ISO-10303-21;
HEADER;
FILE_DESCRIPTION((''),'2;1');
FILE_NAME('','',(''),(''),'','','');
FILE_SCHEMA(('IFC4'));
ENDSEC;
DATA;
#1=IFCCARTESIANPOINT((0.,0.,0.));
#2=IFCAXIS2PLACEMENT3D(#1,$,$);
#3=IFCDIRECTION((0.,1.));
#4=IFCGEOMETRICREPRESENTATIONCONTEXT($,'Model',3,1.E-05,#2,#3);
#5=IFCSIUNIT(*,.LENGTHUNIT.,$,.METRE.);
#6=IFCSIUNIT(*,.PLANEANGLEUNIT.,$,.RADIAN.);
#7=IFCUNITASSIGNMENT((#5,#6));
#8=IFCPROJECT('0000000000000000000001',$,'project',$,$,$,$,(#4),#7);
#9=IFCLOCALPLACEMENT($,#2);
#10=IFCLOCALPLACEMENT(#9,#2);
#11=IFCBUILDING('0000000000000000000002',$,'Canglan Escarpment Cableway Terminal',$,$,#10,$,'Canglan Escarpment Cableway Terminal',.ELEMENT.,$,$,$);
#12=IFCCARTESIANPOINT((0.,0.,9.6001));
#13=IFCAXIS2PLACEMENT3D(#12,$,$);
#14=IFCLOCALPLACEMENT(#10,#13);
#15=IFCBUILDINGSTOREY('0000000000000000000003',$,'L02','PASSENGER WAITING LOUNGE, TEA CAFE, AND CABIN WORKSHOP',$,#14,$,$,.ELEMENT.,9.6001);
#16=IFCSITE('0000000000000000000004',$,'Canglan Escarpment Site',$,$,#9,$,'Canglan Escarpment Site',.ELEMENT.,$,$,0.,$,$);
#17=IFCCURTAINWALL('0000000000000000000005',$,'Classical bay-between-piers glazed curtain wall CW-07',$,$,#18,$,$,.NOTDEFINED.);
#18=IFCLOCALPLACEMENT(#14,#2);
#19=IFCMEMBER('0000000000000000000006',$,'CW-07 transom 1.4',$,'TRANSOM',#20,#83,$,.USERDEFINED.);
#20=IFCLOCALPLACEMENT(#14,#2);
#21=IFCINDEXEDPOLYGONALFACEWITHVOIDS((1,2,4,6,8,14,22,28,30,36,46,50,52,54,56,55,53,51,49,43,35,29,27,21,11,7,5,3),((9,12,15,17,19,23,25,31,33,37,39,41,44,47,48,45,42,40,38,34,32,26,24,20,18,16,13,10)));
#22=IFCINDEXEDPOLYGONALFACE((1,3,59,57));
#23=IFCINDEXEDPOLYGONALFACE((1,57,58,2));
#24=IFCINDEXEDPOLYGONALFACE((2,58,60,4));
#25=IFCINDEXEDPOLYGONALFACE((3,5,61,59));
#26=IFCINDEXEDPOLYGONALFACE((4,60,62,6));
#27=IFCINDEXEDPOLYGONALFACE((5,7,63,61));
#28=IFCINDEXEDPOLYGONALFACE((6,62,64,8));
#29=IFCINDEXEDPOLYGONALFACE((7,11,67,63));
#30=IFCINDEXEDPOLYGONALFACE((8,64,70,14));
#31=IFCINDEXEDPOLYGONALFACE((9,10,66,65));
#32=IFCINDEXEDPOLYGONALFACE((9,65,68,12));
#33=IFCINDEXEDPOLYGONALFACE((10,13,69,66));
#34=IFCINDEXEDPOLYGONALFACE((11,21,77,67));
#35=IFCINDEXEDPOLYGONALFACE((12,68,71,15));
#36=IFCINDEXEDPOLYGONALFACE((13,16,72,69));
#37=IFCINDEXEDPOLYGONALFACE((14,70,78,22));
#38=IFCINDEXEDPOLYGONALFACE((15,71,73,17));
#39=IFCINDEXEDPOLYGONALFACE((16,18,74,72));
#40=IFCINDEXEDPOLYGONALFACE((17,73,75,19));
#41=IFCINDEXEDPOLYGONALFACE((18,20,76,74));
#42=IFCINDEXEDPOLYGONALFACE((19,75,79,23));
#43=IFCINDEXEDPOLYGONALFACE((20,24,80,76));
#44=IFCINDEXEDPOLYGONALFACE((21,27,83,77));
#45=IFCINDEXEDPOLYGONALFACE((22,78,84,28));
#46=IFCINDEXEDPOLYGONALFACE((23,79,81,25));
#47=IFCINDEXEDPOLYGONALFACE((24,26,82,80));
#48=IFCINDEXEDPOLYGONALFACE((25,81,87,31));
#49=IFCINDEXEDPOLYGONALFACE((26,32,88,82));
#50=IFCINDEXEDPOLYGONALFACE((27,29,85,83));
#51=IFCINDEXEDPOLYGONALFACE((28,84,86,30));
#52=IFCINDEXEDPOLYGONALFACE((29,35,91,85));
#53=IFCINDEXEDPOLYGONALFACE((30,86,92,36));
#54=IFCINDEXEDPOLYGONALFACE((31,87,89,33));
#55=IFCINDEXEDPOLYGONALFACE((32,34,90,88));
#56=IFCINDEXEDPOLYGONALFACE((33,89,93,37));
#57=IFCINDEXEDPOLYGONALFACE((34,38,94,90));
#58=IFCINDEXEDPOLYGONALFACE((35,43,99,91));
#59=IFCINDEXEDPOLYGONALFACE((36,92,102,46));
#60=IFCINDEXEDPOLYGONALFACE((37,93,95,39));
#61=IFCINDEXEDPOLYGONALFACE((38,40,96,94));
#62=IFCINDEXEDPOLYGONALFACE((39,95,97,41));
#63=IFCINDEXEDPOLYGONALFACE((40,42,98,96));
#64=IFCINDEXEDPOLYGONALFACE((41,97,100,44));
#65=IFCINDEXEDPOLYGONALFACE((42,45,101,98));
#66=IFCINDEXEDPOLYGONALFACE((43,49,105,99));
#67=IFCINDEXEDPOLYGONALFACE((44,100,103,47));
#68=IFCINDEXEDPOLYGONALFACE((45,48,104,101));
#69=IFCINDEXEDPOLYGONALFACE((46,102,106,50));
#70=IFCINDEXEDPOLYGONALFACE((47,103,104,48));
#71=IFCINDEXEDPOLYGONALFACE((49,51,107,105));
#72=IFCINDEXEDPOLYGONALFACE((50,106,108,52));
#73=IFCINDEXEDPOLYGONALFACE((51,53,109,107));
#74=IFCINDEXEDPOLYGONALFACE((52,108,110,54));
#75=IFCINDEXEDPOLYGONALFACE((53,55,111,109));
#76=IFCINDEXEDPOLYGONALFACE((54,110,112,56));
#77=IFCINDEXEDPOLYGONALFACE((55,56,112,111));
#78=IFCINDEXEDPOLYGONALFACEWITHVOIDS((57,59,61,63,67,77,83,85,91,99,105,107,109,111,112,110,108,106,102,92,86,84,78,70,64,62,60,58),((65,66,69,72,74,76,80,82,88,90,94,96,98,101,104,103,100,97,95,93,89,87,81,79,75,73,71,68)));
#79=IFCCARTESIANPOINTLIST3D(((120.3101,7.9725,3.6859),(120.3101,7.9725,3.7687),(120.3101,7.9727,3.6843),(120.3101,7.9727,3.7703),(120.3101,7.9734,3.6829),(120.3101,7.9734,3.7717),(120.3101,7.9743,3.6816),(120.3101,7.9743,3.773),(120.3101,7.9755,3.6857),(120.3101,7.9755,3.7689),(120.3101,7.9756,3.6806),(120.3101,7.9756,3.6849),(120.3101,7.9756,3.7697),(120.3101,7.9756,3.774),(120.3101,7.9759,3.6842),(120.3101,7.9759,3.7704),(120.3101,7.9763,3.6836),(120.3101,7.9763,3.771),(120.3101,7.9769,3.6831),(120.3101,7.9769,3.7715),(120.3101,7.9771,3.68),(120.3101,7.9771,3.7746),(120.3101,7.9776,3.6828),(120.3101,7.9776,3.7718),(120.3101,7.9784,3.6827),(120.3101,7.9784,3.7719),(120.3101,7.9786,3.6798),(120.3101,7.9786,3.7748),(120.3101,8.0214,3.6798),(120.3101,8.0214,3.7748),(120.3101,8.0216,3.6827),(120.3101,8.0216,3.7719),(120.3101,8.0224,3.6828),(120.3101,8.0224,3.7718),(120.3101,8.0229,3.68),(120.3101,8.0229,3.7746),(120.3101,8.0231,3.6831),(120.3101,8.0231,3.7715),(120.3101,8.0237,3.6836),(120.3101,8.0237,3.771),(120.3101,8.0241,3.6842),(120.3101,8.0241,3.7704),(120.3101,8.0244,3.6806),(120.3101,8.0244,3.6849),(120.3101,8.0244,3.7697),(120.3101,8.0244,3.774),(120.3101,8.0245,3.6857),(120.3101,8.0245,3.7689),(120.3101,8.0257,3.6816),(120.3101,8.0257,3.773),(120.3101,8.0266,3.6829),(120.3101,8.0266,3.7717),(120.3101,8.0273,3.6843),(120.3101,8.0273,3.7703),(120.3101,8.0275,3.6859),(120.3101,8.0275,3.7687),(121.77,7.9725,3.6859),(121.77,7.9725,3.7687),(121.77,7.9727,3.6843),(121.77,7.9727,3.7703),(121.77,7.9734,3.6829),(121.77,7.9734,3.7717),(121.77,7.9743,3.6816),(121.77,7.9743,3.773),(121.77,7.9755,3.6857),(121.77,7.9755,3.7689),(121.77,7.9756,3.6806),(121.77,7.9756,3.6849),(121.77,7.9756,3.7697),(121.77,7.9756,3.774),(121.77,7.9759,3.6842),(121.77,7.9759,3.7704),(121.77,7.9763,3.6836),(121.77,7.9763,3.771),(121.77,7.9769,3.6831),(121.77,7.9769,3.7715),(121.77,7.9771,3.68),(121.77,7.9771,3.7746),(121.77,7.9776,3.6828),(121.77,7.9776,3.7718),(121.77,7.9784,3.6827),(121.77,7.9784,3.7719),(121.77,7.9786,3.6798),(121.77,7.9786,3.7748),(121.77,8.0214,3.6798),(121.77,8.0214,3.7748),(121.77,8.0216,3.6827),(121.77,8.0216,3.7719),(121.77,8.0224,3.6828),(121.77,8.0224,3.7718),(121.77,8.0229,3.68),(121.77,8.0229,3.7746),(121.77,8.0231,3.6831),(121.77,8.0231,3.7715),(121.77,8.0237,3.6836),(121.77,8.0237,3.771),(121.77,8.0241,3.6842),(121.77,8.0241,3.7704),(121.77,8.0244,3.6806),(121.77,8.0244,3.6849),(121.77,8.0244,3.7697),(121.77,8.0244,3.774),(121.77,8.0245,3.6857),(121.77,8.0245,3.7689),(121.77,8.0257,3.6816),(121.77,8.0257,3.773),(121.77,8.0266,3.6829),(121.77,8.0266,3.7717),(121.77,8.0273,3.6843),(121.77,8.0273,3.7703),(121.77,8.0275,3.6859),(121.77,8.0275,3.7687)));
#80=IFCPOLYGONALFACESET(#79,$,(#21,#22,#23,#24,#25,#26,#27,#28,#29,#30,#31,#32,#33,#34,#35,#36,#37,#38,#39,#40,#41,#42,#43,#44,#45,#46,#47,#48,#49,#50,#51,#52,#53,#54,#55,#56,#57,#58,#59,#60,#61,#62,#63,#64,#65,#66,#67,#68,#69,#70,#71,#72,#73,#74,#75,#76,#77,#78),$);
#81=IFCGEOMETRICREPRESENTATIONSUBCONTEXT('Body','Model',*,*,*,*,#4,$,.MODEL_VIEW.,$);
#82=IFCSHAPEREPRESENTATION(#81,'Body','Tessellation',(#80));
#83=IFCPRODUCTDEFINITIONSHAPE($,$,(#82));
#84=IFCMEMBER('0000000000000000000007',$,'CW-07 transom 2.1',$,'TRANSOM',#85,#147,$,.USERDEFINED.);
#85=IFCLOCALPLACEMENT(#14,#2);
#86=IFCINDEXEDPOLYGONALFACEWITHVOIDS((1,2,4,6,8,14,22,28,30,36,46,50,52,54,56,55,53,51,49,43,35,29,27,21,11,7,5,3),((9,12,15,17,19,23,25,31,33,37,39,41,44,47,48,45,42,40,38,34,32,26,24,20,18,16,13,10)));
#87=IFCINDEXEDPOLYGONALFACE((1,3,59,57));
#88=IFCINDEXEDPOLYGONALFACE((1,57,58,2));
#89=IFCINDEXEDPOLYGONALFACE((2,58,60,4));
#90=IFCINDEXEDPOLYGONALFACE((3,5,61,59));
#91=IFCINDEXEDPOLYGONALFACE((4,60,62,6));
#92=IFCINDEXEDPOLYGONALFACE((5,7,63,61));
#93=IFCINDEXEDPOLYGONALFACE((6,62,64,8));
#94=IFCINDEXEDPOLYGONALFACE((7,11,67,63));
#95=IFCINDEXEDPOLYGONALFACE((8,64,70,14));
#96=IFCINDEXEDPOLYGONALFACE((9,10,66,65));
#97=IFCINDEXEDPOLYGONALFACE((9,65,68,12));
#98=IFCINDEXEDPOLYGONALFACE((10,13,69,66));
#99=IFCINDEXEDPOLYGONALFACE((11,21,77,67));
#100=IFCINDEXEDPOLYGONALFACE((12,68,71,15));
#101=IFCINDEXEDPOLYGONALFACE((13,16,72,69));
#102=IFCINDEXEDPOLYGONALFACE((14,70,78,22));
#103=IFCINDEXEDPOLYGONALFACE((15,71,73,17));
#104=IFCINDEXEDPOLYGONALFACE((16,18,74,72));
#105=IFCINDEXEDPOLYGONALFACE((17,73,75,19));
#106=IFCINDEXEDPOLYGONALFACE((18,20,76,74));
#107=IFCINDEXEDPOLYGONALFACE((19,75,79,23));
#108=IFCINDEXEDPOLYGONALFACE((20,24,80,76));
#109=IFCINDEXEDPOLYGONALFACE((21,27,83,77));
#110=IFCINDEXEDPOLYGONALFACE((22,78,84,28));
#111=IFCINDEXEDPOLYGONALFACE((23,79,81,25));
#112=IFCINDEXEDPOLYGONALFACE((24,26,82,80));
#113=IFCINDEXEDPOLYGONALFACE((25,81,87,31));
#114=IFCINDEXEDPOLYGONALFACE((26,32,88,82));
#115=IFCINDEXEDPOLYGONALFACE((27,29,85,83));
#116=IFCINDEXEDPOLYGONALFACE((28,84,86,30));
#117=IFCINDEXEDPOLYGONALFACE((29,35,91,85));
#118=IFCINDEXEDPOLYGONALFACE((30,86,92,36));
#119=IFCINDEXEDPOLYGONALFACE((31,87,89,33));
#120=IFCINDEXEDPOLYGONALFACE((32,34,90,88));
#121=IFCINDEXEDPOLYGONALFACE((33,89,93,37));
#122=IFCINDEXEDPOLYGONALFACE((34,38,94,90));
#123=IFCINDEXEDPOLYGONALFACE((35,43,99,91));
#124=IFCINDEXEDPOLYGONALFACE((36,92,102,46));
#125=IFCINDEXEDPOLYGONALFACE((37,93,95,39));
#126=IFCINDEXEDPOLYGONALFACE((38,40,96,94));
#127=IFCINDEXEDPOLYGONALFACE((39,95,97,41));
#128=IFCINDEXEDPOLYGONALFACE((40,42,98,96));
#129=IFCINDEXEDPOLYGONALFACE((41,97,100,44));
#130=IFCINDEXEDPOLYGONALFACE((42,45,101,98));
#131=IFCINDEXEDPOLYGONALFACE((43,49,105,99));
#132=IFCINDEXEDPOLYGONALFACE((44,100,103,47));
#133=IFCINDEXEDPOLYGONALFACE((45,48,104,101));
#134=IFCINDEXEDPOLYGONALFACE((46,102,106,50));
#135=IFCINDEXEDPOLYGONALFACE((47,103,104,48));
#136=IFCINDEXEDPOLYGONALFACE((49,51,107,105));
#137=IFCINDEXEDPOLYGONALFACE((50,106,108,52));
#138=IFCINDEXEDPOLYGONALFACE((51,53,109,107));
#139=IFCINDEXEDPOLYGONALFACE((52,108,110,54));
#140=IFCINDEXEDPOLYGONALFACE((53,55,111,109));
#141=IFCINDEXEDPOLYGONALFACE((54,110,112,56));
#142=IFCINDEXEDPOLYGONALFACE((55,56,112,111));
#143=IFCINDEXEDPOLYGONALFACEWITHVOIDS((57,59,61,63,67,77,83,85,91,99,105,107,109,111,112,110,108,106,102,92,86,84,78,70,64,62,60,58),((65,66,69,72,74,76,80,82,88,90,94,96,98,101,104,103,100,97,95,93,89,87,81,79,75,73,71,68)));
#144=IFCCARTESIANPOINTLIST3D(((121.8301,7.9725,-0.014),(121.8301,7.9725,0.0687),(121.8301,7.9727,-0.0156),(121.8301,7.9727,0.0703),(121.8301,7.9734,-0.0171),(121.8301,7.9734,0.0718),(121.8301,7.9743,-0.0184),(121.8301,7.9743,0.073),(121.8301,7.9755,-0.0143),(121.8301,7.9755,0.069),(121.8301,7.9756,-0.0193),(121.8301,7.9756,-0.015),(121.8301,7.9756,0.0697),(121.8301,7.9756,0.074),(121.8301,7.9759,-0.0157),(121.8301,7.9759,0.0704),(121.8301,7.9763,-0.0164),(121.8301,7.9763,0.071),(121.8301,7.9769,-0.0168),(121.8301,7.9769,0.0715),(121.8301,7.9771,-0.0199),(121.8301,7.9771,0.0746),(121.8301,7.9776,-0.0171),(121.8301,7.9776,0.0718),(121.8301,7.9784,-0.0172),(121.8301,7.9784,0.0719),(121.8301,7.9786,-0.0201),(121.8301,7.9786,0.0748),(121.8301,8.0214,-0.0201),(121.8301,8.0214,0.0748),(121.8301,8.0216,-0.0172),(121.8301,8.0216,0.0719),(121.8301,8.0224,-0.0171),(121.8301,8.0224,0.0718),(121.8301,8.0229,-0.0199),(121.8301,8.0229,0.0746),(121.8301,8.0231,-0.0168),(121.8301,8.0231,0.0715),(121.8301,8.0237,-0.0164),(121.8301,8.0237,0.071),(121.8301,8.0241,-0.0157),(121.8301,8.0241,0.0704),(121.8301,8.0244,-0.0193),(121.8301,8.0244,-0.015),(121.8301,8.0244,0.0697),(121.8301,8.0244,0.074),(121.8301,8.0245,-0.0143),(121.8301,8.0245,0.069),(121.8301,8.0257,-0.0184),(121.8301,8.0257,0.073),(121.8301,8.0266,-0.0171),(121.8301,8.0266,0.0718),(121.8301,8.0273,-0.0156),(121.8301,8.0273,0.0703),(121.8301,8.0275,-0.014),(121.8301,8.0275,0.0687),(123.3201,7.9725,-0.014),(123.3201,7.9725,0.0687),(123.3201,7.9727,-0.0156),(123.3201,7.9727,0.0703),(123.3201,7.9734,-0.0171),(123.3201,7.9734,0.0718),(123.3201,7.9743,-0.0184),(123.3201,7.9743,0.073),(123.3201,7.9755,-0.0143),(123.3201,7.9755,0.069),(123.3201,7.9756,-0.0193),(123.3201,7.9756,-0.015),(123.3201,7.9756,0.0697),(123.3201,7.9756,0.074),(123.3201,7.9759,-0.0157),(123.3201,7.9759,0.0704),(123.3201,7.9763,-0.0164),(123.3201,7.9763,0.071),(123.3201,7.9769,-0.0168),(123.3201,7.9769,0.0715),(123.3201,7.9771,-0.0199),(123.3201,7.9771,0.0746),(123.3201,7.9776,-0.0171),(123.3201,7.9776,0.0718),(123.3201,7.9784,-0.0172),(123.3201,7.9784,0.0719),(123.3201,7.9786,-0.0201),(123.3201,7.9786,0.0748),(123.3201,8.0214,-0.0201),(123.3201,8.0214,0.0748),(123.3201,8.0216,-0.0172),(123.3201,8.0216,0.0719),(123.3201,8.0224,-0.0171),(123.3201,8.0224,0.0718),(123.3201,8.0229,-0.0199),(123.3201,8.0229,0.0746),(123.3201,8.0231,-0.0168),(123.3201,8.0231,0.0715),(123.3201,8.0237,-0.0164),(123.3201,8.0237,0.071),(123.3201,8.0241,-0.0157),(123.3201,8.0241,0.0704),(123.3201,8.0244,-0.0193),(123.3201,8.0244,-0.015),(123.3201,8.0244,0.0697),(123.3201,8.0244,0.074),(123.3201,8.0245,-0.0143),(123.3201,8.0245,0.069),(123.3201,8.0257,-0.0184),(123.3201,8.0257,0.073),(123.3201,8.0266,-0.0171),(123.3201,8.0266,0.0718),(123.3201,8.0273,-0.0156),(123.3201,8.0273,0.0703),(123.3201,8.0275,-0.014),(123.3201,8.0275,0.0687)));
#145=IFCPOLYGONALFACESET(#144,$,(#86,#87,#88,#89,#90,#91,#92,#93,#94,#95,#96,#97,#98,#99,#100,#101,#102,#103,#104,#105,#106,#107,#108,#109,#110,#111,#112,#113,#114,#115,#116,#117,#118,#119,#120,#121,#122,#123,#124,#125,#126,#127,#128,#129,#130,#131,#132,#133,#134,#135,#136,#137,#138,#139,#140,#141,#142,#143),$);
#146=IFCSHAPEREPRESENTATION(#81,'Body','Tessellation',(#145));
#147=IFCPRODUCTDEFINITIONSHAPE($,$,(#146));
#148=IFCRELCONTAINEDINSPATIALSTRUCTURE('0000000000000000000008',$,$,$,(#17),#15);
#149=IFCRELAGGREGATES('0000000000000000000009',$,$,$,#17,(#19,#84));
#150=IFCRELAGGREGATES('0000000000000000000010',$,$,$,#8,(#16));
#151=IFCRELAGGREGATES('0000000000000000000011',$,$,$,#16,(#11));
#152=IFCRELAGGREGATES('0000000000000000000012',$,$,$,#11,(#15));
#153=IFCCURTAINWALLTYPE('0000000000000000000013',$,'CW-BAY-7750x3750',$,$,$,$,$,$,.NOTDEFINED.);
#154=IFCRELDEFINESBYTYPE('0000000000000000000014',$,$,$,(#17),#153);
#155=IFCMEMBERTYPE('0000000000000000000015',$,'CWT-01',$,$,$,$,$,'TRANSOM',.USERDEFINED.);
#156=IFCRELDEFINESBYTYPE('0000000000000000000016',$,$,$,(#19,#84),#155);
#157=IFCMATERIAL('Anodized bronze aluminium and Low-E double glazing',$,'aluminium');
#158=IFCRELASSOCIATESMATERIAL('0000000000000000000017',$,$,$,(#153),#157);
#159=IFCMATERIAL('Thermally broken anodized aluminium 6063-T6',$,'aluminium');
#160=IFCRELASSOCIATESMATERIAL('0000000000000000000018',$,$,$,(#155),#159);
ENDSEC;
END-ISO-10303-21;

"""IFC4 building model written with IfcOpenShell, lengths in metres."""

from ifc_helpers import new_model, si_unit, direction, frame, origin, origin_2d, place, context, subcontext, project, spatial, hollow_rectangle, extrude, material, material_profile, profile_set, type_object, element, aggregate, save


model = new_model("IFC4")

# Units and contexts
model_context = context("Model", 3, precision=1e-05, world=origin(), true_north=direction((0.0, 1.0)))
body_context = subcontext(model_context, "Body", "Model", "MODEL_VIEW")
ifc_project = project(units=[si_unit("LENGTHUNIT", "METRE"), si_unit("PLANEANGLEUNIT", "RADIAN")], contexts=[model_context])

# Site, building, storey
site_placement = place(None, origin())
site = spatial("IfcSite", under=ifc_project, at=site_placement, Name="Canglan Escarpment Site", LongName="Canglan Escarpment Site", CompositionType="ELEMENT", RefElevation=0.0)
building_placement = place(site_placement, origin())
building = spatial("IfcBuilding", under=site, at=building_placement, Name="Canglan Escarpment Cableway Terminal", LongName="Canglan Escarpment Cableway Terminal", CompositionType="ELEMENT")
storey_placement = place(building_placement, frame((0.0, 0.0, 9.6001)))
storey = spatial("IfcBuildingStorey", under=building, at=storey_placement, Name="L02", Description="PASSENGER WAITING LOUNGE, TEA CAFE, AND CABIN WORKSHOP", CompositionType="ELEMENT", Elevation=9.6001)

# Curtain wall, members
ifc_material_1 = material(Name="Anodized bronze aluminium and Low-E double glazing", Category="aluminium")
curtain_wall_type = type_object("IfcCurtainWallType", Name="CW-BAY-7750x3750", PredefinedType="NOTDEFINED", material=ifc_material_1)
curtain_wall_placement = place(storey_placement, origin())
curtain_wall = element("IfcCurtainWall", 1, at=curtain_wall_placement, inside=storey, type_object=curtain_wall_type, Name="Classical bay-between-piers glazed curtain wall CW-07", PredefinedType="NOTDEFINED")
ifc_material_2 = material(Name="Thermally broken anodized aluminium 6063-T6", Category="aluminium")
ifc_material_profile_1 = material_profile(ifc_material_2, hollow_rectangle(XDim=0.0549, YDim=0.095, WallThickness=0.0029, InnerFilletRadius=0.0029, OuterFilletRadius=0.0061, at=origin_2d()), Name="ALU-TRAN 55x95x3")
ifc_profile_set_1 = profile_set([ifc_material_profile_1], Name="Thermally broken anodized aluminium 6063-T6")
member_type_1 = type_object("IfcMemberType", Name="CWT-01", ElementType="TRANSOM", PredefinedType="USERDEFINED", material=ifc_profile_set_1)
member_1_placement = place(storey_placement, frame((120.3101, 8.0, 3.7273), z_axis=(1.0, 0.0, 0.0), x_axis=(0.0, 1.0, 0.0)))
member_1 = element("IfcMember", 2, at=member_1_placement, type_object=member_type_1, Name="CW-07 transom 1.4", ObjectType="TRANSOM", PredefinedType="USERDEFINED", context=body_context, shape_type="SweptSolid", body=[
    extrude(hollow_rectangle(XDim=0.0549, YDim=0.095, WallThickness=0.0029, InnerFilletRadius=0.0029, OuterFilletRadius=0.0061, at=origin_2d()), origin(), (0.0, 0.0, 1.0), 1.46),
])
member_2_placement = place(storey_placement, frame((121.8301, 8.0, 0.0273), z_axis=(1.0, 0.0, 0.0), x_axis=(0.0, 1.0, 0.0)))
member_2 = element("IfcMember", 3, at=member_2_placement, type_object=member_type_1, Name="CW-07 transom 2.1", ObjectType="TRANSOM", PredefinedType="USERDEFINED", context=body_context, shape_type="SweptSolid", body=[
    extrude(hollow_rectangle(XDim=0.0549, YDim=0.095, WallThickness=0.0029, InnerFilletRadius=0.0029, OuterFilletRadius=0.0061, at=origin_2d()), origin(), (0.0, 0.0, 1.0), 1.49),
])

aggregate(curtain_wall, [member_1, member_2])

save(model, "model.ifc")
